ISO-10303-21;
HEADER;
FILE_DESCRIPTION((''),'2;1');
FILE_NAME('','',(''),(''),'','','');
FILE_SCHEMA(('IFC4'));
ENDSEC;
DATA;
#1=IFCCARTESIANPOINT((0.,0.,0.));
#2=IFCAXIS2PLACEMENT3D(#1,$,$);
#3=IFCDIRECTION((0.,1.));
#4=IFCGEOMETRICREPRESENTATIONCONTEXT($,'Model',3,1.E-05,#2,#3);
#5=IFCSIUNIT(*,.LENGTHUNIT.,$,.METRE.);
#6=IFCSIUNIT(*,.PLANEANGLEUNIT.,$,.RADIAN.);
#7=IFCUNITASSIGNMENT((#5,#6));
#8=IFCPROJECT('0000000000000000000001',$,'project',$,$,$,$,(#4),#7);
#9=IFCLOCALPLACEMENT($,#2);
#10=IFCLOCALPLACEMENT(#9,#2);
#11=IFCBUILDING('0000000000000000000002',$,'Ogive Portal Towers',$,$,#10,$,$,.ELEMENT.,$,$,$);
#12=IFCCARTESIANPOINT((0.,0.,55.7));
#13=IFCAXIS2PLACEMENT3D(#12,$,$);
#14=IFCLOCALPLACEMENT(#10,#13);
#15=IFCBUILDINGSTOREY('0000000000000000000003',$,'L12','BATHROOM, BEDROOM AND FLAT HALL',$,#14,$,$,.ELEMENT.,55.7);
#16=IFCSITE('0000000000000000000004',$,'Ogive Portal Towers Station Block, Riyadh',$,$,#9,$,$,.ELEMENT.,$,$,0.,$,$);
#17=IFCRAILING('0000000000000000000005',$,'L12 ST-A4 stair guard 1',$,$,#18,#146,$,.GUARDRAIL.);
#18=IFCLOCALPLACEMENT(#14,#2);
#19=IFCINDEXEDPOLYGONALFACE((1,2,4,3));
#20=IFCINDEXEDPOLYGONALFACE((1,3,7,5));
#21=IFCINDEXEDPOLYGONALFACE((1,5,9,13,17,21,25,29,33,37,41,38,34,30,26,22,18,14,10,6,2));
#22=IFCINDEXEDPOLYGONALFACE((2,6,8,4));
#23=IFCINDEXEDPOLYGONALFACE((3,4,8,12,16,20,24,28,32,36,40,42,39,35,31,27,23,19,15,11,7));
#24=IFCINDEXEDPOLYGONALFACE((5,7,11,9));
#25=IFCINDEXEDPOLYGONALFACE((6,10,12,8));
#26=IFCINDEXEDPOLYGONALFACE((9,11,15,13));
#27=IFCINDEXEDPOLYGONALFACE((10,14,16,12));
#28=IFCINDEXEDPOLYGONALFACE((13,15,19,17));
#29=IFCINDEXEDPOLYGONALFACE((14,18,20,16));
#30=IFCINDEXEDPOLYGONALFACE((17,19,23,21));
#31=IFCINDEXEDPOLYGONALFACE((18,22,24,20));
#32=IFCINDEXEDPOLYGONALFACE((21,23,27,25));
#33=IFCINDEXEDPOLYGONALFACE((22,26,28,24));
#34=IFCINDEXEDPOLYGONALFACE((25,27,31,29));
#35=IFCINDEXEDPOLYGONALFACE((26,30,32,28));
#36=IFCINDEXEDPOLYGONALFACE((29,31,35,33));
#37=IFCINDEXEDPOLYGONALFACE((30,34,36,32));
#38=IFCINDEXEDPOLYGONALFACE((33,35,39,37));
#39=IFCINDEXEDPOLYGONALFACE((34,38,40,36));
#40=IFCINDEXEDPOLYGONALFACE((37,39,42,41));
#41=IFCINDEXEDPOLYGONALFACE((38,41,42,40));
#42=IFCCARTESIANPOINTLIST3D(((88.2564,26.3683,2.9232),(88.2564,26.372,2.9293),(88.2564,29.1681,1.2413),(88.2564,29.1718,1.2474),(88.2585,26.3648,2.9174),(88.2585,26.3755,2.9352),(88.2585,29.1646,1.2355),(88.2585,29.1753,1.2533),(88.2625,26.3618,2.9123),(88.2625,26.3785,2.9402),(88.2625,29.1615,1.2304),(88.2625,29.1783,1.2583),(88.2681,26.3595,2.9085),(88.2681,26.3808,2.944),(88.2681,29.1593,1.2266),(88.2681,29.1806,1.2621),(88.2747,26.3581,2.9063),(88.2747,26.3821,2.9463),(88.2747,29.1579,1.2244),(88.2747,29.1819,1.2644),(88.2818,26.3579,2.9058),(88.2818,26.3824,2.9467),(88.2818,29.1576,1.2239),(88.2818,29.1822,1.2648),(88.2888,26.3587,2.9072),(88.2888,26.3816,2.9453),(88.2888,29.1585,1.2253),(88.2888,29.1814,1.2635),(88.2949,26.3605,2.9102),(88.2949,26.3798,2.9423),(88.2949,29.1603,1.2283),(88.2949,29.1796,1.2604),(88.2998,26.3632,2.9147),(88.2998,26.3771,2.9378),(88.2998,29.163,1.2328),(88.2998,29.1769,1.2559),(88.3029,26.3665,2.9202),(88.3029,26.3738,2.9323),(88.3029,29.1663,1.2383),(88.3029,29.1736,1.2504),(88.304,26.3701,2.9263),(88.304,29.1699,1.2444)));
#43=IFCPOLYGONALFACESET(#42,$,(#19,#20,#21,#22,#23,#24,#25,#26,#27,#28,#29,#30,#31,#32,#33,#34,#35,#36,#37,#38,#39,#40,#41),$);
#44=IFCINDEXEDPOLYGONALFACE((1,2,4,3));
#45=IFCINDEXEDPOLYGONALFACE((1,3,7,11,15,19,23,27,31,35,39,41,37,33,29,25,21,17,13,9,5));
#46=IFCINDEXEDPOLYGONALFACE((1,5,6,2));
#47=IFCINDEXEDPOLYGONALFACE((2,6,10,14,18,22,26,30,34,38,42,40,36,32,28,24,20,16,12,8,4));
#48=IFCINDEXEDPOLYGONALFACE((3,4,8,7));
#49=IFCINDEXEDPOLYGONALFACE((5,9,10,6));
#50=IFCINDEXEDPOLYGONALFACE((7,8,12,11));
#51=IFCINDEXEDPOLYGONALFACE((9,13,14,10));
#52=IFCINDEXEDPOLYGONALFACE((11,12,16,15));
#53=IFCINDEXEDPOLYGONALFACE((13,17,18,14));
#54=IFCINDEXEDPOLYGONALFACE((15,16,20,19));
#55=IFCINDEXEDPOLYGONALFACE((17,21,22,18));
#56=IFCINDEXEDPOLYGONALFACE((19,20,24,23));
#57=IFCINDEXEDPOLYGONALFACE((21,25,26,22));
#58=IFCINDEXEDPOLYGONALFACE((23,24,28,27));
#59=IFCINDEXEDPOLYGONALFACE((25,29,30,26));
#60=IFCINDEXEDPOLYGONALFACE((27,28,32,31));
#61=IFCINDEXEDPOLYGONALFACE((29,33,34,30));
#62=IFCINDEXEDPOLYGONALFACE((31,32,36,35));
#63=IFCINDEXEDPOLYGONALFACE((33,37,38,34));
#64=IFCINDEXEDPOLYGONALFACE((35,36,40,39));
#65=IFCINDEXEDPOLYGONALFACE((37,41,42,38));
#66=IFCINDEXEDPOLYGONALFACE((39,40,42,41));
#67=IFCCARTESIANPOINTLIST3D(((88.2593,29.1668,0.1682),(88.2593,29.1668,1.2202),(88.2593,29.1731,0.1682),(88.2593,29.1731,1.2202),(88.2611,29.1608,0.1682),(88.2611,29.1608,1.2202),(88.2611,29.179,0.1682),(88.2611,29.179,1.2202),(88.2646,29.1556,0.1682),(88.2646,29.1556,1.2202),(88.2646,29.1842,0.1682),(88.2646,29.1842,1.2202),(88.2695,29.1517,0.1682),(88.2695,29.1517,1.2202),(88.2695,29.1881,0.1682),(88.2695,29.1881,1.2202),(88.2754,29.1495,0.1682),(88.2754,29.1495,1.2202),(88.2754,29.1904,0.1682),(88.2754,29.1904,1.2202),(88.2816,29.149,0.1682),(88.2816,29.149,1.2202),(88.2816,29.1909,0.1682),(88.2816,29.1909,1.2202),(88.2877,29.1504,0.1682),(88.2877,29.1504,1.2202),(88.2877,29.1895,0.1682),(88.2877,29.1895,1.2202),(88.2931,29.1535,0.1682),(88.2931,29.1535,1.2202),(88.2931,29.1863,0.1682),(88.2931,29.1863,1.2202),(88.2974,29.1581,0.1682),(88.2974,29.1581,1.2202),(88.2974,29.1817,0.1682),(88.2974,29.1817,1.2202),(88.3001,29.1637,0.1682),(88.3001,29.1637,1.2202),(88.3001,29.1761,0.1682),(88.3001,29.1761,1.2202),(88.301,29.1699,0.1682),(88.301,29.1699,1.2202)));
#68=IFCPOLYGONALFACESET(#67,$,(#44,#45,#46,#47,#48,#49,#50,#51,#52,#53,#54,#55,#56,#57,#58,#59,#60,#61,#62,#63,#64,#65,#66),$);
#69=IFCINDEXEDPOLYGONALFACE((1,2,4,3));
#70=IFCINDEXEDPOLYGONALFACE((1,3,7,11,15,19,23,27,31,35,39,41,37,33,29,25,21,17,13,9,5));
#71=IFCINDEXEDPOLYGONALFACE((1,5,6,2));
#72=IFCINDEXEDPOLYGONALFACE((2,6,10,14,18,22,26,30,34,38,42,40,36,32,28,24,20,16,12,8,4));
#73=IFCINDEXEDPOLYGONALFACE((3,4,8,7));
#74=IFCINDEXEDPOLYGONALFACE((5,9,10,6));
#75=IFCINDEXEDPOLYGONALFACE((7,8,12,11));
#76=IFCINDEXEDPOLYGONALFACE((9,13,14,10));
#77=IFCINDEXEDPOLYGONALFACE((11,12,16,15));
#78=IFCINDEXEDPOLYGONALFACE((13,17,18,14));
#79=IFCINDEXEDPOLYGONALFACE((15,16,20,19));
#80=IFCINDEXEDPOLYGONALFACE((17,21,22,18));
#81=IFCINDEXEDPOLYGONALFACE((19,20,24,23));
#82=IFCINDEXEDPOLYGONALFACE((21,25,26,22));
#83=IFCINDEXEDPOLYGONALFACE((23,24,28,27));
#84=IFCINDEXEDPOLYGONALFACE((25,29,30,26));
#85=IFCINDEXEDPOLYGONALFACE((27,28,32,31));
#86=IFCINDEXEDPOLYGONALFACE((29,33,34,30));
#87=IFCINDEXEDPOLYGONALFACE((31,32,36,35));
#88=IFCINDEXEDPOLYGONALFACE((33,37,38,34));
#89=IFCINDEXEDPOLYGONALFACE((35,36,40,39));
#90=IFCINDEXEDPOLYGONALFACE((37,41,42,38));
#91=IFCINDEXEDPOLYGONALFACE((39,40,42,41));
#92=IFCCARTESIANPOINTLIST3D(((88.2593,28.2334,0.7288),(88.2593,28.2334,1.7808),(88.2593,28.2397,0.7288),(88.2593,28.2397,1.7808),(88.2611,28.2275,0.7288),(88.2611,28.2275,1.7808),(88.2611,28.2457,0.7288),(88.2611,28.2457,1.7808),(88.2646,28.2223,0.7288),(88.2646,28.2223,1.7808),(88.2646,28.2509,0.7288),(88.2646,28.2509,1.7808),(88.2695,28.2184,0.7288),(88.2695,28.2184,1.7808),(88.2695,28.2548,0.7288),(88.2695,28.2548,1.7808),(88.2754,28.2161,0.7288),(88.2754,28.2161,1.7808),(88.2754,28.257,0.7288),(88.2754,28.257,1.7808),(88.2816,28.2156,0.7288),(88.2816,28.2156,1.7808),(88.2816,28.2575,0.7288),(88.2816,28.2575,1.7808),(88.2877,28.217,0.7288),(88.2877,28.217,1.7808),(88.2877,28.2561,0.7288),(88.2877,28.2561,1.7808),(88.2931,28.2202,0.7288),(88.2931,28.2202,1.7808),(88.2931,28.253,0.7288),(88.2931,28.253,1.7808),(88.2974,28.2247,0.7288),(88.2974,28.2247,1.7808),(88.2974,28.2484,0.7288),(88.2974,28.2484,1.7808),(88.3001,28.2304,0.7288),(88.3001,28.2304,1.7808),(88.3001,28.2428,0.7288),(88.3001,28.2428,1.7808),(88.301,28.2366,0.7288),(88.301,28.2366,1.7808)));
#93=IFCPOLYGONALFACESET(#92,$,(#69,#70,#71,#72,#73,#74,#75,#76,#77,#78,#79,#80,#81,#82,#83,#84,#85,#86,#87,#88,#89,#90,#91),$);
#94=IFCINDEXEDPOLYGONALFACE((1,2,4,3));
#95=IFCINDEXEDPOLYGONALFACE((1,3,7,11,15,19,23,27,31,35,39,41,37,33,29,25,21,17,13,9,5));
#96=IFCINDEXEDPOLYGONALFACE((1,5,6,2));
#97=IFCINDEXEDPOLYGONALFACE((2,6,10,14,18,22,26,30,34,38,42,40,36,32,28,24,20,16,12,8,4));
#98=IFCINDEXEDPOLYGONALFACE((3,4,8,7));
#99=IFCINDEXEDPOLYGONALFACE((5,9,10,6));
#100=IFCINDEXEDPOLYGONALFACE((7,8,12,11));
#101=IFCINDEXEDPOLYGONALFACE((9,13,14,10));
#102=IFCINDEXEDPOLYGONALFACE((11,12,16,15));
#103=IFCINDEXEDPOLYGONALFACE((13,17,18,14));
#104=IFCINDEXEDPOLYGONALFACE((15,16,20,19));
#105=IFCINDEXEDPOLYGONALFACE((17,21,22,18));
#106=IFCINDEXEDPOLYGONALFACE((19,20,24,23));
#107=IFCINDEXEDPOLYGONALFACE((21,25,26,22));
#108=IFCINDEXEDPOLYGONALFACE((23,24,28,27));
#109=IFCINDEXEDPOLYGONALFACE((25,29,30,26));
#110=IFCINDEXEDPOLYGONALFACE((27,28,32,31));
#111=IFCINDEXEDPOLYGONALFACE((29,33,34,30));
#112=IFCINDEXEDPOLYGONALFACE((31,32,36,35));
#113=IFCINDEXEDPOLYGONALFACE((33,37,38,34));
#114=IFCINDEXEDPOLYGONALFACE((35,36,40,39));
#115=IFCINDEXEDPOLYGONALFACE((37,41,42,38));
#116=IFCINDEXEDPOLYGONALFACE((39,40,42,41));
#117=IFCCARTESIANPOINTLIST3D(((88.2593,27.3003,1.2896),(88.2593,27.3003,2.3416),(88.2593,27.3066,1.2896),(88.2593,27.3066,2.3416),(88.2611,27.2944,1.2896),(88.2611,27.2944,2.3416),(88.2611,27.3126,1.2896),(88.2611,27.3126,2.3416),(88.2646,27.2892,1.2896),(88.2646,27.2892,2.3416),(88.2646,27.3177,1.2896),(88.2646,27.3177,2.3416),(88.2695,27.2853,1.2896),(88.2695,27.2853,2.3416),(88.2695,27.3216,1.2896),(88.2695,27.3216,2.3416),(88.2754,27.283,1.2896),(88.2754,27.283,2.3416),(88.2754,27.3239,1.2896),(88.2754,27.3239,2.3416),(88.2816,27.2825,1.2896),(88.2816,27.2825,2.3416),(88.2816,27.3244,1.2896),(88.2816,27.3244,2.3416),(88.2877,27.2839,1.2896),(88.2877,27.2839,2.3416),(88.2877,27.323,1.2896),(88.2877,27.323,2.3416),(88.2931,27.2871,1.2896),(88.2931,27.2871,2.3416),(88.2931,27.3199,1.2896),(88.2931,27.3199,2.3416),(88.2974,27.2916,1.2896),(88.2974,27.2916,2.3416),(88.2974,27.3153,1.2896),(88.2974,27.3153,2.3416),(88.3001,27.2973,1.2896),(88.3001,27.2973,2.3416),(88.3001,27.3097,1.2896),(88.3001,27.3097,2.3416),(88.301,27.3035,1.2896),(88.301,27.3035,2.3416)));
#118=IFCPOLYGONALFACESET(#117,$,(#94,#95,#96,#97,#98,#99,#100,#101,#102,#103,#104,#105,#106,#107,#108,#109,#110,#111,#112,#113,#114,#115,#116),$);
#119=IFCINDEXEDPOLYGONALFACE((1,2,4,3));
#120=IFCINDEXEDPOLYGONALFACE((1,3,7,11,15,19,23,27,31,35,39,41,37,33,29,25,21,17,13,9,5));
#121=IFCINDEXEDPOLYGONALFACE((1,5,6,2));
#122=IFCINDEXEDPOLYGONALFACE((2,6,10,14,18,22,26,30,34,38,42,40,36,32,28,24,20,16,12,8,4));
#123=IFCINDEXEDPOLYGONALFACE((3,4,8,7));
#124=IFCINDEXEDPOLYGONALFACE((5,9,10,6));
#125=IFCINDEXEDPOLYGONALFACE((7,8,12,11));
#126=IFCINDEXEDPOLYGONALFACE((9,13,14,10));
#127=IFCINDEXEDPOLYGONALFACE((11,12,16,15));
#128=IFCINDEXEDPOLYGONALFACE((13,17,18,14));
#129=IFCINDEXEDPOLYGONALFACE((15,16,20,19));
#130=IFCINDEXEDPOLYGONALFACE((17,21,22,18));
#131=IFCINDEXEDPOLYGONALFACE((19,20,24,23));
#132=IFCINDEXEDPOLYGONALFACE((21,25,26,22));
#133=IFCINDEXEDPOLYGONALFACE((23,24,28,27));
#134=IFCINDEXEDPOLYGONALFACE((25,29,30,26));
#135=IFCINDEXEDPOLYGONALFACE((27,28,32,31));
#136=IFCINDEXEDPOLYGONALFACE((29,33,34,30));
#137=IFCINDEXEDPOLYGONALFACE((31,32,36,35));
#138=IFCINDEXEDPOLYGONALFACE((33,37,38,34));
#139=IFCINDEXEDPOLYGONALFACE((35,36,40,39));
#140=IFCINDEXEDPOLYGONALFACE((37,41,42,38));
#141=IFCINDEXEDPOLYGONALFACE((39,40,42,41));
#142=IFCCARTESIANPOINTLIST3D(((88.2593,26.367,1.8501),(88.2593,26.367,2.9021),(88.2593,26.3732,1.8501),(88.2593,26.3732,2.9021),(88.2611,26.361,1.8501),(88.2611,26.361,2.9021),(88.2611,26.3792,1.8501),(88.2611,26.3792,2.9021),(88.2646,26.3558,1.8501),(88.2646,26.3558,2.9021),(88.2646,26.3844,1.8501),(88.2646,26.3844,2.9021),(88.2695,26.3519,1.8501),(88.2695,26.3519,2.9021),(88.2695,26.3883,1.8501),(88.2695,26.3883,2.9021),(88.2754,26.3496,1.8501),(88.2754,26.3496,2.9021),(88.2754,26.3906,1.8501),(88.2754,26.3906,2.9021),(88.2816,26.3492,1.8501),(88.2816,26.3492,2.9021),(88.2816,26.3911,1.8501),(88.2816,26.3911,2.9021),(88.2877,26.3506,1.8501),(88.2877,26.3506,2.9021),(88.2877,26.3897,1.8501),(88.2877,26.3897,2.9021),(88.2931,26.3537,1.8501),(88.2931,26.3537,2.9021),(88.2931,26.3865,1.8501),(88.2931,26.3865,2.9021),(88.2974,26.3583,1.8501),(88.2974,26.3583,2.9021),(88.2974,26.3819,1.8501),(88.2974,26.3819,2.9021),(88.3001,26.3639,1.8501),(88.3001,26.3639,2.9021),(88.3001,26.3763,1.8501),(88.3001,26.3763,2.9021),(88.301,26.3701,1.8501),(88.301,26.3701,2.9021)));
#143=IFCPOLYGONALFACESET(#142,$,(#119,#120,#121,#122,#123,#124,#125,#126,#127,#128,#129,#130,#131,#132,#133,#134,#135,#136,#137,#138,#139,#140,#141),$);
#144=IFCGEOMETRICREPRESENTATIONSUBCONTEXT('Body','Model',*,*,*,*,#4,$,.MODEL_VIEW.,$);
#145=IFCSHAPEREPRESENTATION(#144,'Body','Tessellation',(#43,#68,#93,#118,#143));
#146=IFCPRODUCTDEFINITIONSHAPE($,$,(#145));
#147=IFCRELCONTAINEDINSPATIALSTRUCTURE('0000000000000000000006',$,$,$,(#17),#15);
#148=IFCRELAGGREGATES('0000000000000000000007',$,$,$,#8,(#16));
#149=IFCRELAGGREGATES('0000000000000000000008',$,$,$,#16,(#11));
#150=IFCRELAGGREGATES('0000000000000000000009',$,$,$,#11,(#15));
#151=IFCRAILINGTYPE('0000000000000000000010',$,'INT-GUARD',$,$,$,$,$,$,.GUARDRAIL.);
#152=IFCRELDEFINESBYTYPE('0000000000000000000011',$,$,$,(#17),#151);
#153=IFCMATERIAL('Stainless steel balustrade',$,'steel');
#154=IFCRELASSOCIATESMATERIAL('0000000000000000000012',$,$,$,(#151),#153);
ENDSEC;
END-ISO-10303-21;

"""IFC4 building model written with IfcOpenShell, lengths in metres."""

from ifc_helpers import new_model, si_unit, direction, frame, origin, origin_2d, place, context, subcontext, project, spatial, circle, extrude, material, type_object, element, save


model = new_model("IFC4")

# Units and contexts
model_context = context("Model", 3, precision=1e-05, world=origin(), true_north=direction((0.0, 1.0)))
body_context = subcontext(model_context, "Body", "Model", "MODEL_VIEW")
ifc_project = project(units=[si_unit("LENGTHUNIT", "METRE"), si_unit("PLANEANGLEUNIT", "RADIAN")], contexts=[model_context])

# Site, building, storey
site_placement = place(None, origin())
site = spatial("IfcSite", under=ifc_project, at=site_placement, Name="Ogive Portal Towers Station Block, Riyadh", CompositionType="ELEMENT", RefElevation=0.0)
building_placement = place(site_placement, origin())
building = spatial("IfcBuilding", under=site, at=building_placement, Name="Ogive Portal Towers", CompositionType="ELEMENT")
storey_placement = place(building_placement, frame((0.0, 0.0, 55.7)))
storey = spatial("IfcBuildingStorey", under=building, at=storey_placement, Name="L12", Description="BATHROOM, BEDROOM AND FLAT HALL", CompositionType="ELEMENT", Elevation=55.7)

# Railing
ifc_material_1 = material(Name="Stainless steel balustrade", Category="steel")
railing_type_1 = type_object("IfcRailingType", Name="INT-GUARD", PredefinedType="GUARDRAIL", material=ifc_material_1)
railing_1_placement = place(storey_placement, frame((88.28, 29.1699, 0.1682)))
element("IfcRailing", 1, at=railing_1_placement, inside=storey, type_object=railing_type_1, Name="L12 ST-A4 stair guard 1", PredefinedType="GUARDRAIL", context=body_context, shape_type="SweptSolid", body=[
    extrude(circle(Radius=0.0239, at=origin_2d()), frame((0.0, 0.0, 1.0762), z_axis=(0.0, -0.857222, 0.514946), x_axis=(1.0, 0.0, 0.0)), (0.0, 0.0, 1.0), 3.2661),
    extrude(circle(Radius=0.021, at=origin_2d()), origin(), (0.0, 0.0, 1.0), 1.052),
    extrude(circle(Radius=0.021, at=origin_2d()), frame((0.0, -0.9333, 0.5605)), (0.0, 0.0, 1.0), 1.052),
    extrude(circle(Radius=0.021, at=origin_2d()), frame((0.0, -1.8665, 1.1213)), (0.0, 0.0, 1.0), 1.052),
    extrude(circle(Radius=0.021, at=origin_2d()), frame((0.0, -2.7998, 1.6819)), (0.0, 0.0, 1.0), 1.052),
])

save(model, "model.ifc")
